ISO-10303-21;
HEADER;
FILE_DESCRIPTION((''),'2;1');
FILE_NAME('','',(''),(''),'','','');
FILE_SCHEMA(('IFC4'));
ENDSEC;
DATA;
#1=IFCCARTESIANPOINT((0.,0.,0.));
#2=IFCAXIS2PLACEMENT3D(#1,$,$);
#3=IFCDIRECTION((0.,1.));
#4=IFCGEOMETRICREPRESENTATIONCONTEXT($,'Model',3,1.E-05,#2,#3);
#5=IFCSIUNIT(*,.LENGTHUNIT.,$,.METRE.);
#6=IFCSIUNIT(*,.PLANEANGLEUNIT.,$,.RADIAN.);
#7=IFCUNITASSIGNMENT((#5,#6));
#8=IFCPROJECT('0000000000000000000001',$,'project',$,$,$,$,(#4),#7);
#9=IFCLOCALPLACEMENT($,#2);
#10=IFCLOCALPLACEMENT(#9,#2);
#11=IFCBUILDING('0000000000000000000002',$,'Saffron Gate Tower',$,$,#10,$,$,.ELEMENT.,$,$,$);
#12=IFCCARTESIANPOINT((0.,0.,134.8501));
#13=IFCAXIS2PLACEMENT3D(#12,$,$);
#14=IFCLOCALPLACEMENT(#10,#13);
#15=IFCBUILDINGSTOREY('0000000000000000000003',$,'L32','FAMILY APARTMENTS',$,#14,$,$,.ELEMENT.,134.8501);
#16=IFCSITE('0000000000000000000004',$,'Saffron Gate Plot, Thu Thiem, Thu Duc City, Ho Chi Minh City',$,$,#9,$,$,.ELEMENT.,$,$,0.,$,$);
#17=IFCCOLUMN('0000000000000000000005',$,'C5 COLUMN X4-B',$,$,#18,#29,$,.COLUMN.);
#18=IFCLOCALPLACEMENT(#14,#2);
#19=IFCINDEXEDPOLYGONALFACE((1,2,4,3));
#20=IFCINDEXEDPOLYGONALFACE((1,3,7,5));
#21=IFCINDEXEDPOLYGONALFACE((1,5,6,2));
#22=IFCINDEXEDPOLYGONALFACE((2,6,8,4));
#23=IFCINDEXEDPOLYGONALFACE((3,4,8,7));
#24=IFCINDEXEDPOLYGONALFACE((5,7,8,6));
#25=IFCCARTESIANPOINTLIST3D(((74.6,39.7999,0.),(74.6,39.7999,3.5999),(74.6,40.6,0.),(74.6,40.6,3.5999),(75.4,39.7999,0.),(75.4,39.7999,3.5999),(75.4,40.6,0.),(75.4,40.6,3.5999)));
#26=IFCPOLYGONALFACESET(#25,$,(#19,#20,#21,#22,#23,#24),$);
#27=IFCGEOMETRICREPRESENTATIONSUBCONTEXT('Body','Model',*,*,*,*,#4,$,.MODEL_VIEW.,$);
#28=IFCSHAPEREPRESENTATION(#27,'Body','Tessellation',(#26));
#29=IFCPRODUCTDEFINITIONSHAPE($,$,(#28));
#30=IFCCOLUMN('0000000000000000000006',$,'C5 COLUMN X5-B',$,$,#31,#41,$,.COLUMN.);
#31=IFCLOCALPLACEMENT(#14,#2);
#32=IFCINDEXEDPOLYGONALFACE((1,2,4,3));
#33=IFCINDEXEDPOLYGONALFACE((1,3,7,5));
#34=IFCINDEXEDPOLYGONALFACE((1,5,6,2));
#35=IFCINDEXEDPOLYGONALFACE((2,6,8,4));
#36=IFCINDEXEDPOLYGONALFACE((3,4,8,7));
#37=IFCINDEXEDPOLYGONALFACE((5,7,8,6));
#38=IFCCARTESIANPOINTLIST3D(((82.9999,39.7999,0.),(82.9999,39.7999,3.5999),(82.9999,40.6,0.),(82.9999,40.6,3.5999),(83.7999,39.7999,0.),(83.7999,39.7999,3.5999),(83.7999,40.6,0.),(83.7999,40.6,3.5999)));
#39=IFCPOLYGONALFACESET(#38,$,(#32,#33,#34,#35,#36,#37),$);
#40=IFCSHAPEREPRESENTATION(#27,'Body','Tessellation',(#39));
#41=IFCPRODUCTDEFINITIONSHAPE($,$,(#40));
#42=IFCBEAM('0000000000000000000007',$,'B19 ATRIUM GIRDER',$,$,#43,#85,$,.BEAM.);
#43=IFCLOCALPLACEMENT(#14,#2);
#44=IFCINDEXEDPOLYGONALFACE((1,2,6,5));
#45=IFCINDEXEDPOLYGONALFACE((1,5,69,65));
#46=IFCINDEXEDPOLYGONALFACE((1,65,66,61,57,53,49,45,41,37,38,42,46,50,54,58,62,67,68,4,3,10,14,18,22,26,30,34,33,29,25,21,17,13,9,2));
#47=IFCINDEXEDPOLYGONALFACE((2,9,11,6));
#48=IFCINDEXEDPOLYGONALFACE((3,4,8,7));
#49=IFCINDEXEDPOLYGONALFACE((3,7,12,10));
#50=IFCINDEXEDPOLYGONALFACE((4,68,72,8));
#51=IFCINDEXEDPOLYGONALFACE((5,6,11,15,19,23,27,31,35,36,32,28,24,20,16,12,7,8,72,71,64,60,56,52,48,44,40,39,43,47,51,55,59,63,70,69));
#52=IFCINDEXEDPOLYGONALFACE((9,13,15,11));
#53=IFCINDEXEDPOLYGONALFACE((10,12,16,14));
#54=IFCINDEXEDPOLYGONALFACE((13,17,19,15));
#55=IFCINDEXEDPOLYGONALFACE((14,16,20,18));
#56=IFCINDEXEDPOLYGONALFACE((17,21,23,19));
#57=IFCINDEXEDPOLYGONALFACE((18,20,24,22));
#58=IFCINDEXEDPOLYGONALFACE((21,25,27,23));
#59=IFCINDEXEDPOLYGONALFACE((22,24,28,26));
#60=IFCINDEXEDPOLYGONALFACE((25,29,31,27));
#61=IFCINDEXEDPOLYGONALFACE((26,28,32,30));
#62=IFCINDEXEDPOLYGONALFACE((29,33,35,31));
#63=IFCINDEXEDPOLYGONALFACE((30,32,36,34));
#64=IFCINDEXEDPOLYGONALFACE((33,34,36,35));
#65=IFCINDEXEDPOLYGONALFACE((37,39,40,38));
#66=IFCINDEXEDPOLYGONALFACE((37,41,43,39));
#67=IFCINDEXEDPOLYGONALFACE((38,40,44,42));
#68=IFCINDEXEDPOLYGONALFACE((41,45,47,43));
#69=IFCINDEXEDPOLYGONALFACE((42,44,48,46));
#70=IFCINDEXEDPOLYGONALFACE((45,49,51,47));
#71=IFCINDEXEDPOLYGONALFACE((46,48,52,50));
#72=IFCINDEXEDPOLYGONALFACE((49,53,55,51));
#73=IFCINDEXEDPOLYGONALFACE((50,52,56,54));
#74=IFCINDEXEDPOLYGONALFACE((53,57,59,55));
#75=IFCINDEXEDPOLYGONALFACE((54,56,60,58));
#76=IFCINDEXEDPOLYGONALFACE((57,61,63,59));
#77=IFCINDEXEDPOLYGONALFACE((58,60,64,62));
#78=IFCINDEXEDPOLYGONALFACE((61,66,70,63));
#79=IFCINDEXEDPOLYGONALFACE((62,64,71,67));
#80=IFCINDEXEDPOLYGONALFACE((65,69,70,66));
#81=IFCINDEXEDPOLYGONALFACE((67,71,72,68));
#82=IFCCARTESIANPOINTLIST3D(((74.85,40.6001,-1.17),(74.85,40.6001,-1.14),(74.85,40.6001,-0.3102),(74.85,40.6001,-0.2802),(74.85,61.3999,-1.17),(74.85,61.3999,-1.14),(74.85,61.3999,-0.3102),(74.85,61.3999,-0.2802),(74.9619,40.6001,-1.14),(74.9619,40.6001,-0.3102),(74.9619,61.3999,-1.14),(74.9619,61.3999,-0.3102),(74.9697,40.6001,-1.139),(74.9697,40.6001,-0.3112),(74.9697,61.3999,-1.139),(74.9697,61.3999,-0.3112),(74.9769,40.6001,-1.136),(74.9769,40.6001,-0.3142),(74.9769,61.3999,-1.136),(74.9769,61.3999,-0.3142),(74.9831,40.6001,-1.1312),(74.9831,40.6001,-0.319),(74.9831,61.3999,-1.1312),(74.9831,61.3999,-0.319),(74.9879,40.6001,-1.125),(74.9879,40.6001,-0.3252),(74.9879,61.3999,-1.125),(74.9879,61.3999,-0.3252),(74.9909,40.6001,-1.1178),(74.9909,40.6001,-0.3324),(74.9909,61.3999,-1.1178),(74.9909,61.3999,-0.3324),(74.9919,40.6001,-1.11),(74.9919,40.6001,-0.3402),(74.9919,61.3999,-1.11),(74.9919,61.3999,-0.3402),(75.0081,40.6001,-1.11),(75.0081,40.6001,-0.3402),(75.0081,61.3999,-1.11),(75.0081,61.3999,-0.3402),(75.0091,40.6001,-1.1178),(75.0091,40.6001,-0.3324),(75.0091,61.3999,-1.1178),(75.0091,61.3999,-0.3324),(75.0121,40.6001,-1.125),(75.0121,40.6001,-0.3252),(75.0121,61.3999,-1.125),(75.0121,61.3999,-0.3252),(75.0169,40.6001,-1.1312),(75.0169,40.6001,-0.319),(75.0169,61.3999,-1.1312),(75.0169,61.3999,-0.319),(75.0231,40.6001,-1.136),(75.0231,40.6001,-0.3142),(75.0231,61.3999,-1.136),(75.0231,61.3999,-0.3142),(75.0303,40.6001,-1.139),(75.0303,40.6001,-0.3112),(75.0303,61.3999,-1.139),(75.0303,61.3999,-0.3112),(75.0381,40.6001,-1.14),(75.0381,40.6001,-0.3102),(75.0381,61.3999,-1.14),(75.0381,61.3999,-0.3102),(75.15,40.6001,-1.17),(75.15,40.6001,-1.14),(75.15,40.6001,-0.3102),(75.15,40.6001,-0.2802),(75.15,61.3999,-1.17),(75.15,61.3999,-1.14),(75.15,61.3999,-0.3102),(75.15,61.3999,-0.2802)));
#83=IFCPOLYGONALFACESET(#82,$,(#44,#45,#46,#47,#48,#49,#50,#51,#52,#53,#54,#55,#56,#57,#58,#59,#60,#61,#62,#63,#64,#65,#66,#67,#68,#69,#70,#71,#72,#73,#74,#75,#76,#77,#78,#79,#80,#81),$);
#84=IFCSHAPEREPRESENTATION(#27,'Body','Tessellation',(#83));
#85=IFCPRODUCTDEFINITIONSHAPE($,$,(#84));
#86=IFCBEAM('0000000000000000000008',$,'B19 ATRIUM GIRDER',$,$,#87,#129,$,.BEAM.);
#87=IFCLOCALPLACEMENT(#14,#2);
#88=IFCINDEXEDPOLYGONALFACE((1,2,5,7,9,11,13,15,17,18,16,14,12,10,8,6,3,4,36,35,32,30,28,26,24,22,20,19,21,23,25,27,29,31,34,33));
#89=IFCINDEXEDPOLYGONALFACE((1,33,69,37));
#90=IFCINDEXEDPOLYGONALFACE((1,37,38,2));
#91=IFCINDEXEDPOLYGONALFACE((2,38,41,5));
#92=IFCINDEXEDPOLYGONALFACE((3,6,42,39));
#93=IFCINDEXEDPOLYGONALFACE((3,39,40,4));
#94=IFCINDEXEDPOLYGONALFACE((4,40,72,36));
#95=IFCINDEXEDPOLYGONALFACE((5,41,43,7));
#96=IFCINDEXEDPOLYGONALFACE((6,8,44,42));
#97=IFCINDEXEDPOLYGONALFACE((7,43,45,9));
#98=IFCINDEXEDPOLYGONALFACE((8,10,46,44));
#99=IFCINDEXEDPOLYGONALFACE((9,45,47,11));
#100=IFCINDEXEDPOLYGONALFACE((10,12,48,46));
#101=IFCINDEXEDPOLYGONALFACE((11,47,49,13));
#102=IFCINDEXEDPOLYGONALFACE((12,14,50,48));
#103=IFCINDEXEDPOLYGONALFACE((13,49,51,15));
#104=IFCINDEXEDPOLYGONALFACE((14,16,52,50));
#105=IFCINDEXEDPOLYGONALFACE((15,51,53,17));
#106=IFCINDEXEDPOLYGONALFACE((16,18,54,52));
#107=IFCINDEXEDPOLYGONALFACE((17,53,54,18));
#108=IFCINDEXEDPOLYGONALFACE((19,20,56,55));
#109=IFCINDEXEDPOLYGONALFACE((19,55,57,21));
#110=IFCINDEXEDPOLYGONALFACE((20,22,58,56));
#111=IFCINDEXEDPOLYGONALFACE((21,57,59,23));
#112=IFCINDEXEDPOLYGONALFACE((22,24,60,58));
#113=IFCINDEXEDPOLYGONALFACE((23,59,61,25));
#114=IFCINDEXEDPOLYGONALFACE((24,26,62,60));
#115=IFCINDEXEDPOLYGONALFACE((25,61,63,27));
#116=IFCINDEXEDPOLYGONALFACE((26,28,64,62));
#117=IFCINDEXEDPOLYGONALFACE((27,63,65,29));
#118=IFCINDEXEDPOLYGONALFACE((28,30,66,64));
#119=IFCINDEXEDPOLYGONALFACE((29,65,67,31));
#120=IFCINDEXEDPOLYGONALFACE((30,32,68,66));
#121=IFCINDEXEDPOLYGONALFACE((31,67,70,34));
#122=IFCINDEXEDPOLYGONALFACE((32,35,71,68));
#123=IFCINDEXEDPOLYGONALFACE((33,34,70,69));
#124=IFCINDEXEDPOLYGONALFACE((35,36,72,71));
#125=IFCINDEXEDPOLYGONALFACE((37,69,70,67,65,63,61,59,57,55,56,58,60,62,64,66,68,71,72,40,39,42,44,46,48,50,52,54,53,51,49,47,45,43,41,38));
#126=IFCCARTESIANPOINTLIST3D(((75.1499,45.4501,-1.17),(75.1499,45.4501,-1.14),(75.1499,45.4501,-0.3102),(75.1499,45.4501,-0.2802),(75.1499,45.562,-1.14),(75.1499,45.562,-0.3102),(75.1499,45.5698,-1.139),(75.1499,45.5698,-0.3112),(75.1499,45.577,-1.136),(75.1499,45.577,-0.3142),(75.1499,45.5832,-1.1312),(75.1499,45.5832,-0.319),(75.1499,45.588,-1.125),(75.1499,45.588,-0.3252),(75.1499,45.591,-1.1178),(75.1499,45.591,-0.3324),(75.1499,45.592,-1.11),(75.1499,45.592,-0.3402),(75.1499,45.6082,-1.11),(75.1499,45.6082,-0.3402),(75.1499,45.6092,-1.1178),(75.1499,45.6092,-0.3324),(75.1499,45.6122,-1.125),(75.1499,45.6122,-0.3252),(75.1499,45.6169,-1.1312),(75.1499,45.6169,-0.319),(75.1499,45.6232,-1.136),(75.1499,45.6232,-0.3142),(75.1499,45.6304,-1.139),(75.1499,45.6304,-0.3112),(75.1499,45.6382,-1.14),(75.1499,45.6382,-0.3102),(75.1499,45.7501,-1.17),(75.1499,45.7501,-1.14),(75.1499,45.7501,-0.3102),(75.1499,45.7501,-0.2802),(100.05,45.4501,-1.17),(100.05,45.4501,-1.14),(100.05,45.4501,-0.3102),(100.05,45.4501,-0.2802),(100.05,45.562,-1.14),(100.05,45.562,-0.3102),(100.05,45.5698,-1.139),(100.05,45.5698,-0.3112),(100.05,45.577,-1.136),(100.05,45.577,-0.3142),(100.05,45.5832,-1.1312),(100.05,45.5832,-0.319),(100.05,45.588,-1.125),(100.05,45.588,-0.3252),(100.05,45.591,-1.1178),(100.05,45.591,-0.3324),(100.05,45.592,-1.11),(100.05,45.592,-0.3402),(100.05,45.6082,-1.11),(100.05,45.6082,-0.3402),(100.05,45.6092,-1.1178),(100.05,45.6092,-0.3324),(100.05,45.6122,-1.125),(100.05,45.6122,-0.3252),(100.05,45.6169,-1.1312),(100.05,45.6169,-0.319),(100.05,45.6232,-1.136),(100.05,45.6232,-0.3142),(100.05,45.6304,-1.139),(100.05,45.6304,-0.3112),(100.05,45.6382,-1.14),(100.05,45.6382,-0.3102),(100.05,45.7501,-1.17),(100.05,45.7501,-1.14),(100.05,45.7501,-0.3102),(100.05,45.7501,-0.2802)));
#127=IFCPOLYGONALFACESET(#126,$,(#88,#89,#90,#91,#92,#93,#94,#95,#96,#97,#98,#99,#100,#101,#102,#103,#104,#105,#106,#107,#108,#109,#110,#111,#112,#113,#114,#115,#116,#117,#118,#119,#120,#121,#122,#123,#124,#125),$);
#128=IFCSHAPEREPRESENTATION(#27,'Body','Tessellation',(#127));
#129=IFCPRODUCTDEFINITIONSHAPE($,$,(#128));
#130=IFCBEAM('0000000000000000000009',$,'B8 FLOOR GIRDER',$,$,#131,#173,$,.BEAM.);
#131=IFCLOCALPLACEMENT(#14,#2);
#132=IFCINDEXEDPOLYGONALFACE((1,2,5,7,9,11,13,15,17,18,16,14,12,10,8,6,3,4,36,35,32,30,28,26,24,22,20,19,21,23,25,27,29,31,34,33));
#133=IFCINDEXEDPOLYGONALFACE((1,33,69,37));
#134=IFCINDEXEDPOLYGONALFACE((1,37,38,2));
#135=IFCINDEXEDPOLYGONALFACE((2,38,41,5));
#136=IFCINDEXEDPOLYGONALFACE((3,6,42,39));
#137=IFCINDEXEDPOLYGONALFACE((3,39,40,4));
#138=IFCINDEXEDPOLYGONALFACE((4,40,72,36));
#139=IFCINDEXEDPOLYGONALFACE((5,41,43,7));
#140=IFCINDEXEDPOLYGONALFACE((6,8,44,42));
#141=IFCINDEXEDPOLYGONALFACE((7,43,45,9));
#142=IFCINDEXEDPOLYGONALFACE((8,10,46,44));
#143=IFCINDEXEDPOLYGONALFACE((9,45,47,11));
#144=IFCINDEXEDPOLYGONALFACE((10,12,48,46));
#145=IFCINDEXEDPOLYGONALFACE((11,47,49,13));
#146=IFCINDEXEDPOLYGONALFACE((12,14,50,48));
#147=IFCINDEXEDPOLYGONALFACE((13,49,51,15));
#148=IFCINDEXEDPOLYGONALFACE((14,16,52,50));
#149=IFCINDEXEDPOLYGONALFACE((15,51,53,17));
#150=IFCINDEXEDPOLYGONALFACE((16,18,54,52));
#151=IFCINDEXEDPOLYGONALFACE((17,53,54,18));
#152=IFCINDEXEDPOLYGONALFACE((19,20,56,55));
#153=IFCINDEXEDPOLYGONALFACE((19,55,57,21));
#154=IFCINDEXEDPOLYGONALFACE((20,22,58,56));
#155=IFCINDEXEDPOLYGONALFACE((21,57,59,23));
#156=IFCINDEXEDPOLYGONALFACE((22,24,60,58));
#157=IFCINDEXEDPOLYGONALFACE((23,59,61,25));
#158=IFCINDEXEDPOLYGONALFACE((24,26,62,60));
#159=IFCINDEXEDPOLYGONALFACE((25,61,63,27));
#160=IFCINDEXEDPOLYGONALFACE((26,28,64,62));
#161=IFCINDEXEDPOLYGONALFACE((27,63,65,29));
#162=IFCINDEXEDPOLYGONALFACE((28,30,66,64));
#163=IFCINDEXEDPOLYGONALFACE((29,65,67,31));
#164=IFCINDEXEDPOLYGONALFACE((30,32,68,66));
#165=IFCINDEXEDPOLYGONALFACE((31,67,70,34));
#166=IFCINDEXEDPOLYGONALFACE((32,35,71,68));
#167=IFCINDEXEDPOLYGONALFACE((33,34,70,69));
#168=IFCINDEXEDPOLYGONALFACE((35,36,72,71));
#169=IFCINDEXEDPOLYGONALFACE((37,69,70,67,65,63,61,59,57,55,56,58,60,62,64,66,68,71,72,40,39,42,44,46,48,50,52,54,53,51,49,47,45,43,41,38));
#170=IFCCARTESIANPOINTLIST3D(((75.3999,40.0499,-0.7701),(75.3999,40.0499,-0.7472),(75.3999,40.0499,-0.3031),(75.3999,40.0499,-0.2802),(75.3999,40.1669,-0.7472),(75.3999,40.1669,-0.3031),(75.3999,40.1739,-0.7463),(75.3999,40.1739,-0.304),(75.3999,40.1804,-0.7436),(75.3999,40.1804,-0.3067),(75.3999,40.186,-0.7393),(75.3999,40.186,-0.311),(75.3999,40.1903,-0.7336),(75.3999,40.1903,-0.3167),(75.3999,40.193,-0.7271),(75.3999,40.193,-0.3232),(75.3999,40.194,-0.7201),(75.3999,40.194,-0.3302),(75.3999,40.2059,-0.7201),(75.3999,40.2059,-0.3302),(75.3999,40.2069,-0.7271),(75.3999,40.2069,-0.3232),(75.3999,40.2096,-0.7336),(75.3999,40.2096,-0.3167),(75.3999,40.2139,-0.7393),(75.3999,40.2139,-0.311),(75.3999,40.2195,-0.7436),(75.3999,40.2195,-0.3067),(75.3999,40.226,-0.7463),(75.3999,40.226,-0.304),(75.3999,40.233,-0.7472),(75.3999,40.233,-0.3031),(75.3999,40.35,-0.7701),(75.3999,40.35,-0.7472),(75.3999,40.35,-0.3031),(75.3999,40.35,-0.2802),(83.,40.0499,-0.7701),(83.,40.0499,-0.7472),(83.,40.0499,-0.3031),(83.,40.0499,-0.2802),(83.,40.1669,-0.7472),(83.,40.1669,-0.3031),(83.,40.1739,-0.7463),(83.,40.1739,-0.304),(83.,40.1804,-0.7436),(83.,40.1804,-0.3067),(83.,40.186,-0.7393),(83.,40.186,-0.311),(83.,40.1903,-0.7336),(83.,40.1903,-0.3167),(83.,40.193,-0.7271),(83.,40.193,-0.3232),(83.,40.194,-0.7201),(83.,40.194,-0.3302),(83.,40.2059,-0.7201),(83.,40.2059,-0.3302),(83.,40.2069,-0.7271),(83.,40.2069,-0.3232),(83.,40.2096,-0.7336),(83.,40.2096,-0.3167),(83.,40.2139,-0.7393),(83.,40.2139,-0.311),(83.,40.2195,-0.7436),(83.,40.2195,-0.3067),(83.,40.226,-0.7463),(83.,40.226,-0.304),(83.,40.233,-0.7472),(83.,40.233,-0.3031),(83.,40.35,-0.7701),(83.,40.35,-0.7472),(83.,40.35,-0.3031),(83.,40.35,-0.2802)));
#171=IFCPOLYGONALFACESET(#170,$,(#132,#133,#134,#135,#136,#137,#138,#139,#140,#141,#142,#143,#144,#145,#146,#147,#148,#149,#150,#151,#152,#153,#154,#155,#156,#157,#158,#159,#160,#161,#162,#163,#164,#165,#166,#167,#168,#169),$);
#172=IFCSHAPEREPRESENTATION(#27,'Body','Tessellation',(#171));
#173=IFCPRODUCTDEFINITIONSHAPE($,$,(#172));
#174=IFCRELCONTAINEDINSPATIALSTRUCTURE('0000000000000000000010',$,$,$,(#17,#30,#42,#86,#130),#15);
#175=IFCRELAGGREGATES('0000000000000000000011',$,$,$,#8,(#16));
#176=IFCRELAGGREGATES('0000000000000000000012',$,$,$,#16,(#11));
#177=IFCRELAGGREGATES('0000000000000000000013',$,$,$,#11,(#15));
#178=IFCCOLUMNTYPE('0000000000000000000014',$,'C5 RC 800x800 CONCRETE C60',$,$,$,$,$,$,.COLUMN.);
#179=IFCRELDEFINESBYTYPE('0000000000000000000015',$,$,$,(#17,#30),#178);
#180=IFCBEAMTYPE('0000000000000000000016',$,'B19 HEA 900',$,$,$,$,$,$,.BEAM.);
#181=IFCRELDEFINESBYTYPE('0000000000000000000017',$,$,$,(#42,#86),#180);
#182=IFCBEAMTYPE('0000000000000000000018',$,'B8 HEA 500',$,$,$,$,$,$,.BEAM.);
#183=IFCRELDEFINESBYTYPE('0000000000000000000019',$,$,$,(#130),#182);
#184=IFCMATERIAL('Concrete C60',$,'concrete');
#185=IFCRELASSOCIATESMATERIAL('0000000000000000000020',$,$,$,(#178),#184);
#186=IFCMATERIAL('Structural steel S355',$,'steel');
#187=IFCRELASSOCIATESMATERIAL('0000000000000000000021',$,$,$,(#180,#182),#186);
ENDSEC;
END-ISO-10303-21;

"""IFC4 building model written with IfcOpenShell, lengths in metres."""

from ifc_helpers import new_model, si_unit, direction, frame, origin, origin_2d, place, context, subcontext, project, spatial, rectangle, i_section, extrude, material, material_profile, profile_set, type_object, element, save


model = new_model("IFC4")

# Units and contexts
model_context = context("Model", 3, precision=1e-05, world=origin(), true_north=direction((0.0, 1.0)))
body_context = subcontext(model_context, "Body", "Model", "MODEL_VIEW")
ifc_project = project(units=[si_unit("LENGTHUNIT", "METRE"), si_unit("PLANEANGLEUNIT", "RADIAN")], contexts=[model_context])

# Site, building, storey
site_placement = place(None, origin())
site = spatial("IfcSite", under=ifc_project, at=site_placement, Name="Saffron Gate Plot, Thu Thiem, Thu Duc City, Ho Chi Minh City", CompositionType="ELEMENT", RefElevation=0.0)
building_placement = place(site_placement, origin())
building = spatial("IfcBuilding", under=site, at=building_placement, Name="Saffron Gate Tower", CompositionType="ELEMENT")
storey_placement = place(building_placement, frame((0.0, 0.0, 134.8501)))
storey = spatial("IfcBuildingStorey", under=building, at=storey_placement, Name="L32", Description="FAMILY APARTMENTS", CompositionType="ELEMENT", Elevation=134.8501)

# Columns
ifc_material_1 = material(Name="Concrete C60", Category="concrete")
ifc_material_profile_1 = material_profile(ifc_material_1, rectangle(XDim=0.8, YDim=0.8, at=origin_2d()))
ifc_profile_set_1 = profile_set([ifc_material_profile_1], Name="Concrete C60")
column_type = type_object("IfcColumnType", Name="C5 RC 800x800 CONCRETE C60", PredefinedType="COLUMN", material=ifc_profile_set_1)
for number, where, z_axis, x_axis, name in (
    (1, (75.0, 40.2, 0.0), (0.0, 0.0, 1.0), (1.0, 0.0, 0.0), "C5 COLUMN X4-B"),
    (2, (83.3999, 40.2, 0.0), (0.0, 0.0, 1.0), (1.0, 0.0, 0.0), "C5 COLUMN X5-B"),
):
    element("IfcColumn", number, at=place(storey_placement, frame(where, z_axis=z_axis, x_axis=x_axis)), inside=storey, type_object=column_type, Name=name, PredefinedType="COLUMN", context=body_context, shape_type="SweptSolid", body=[
        extrude(rectangle(XDim=0.8, YDim=0.8, at=origin_2d()), origin(), (0.0, 0.0, 1.0), 3.5999),
    ])

# Beams
ifc_material_2 = material(Name="Structural steel S355", Category="steel")
ifc_material_profile_2 = material_profile(ifc_material_2, i_section(OverallWidth=0.3, OverallDepth=0.8899, WebThickness=0.0161, FlangeThickness=0.03, FilletRadius=0.03, at=origin_2d()))
ifc_profile_set_2 = profile_set([ifc_material_profile_2], Name="Structural steel S355")
beam_type_1 = type_object("IfcBeamType", Name="B19 HEA 900", PredefinedType="BEAM", material=ifc_profile_set_2)
beam_1_placement = place(storey_placement, frame((75.0, 40.6001, -0.7251), z_axis=(0.0, 1.0, 0.0), x_axis=(-1.0, 0.0, 0.0)))
element("IfcBeam", 3, at=beam_1_placement, inside=storey, type_object=beam_type_1, Name="B19 ATRIUM GIRDER", PredefinedType="BEAM", context=body_context, shape_type="SweptSolid", body=[
    extrude(i_section(OverallWidth=0.3, OverallDepth=0.8899, WebThickness=0.0161, FlangeThickness=0.03, FilletRadius=0.03, at=origin_2d()), origin(), (0.0, 0.0, 1.0), 20.7998),
])
beam_2_placement = place(storey_placement, frame((75.1499, 45.6001, -0.7251), z_axis=(1.0, 0.0, 0.0), x_axis=(0.0, 1.0, 0.0)))
element("IfcBeam", 4, at=beam_2_placement, inside=storey, type_object=beam_type_1, Name="B19 ATRIUM GIRDER", PredefinedType="BEAM", context=body_context, shape_type="SweptSolid", body=[
    extrude(i_section(OverallWidth=0.3, OverallDepth=0.8899, WebThickness=0.0161, FlangeThickness=0.03, FilletRadius=0.03, at=origin_2d()), origin(), (0.0, 0.0, 1.0), 24.9001),
])
ifc_material_profile_3 = material_profile(ifc_material_2, i_section(OverallWidth=0.3, OverallDepth=0.49, WebThickness=0.012, FlangeThickness=0.0229, FilletRadius=0.0271, at=origin_2d()))
ifc_profile_set_3 = profile_set([ifc_material_profile_3], Name="Structural steel S355")
beam_type_2 = type_object("IfcBeamType", Name="B8 HEA 500", PredefinedType="BEAM", material=ifc_profile_set_3)
beam_3_placement = place(storey_placement, frame((75.3999, 40.2, -0.5251), z_axis=(1.0, 0.0, 0.0), x_axis=(0.0, 1.0, 0.0)))
element("IfcBeam", 5, at=beam_3_placement, inside=storey, type_object=beam_type_2, Name="B8 FLOOR GIRDER", PredefinedType="BEAM", context=body_context, shape_type="SweptSolid", body=[
    extrude(i_section(OverallWidth=0.3, OverallDepth=0.49, WebThickness=0.012, FlangeThickness=0.0229, FilletRadius=0.0271, at=origin_2d()), origin(), (0.0, 0.0, 1.0), 7.6001),
])

save(model, "model.ifc")
